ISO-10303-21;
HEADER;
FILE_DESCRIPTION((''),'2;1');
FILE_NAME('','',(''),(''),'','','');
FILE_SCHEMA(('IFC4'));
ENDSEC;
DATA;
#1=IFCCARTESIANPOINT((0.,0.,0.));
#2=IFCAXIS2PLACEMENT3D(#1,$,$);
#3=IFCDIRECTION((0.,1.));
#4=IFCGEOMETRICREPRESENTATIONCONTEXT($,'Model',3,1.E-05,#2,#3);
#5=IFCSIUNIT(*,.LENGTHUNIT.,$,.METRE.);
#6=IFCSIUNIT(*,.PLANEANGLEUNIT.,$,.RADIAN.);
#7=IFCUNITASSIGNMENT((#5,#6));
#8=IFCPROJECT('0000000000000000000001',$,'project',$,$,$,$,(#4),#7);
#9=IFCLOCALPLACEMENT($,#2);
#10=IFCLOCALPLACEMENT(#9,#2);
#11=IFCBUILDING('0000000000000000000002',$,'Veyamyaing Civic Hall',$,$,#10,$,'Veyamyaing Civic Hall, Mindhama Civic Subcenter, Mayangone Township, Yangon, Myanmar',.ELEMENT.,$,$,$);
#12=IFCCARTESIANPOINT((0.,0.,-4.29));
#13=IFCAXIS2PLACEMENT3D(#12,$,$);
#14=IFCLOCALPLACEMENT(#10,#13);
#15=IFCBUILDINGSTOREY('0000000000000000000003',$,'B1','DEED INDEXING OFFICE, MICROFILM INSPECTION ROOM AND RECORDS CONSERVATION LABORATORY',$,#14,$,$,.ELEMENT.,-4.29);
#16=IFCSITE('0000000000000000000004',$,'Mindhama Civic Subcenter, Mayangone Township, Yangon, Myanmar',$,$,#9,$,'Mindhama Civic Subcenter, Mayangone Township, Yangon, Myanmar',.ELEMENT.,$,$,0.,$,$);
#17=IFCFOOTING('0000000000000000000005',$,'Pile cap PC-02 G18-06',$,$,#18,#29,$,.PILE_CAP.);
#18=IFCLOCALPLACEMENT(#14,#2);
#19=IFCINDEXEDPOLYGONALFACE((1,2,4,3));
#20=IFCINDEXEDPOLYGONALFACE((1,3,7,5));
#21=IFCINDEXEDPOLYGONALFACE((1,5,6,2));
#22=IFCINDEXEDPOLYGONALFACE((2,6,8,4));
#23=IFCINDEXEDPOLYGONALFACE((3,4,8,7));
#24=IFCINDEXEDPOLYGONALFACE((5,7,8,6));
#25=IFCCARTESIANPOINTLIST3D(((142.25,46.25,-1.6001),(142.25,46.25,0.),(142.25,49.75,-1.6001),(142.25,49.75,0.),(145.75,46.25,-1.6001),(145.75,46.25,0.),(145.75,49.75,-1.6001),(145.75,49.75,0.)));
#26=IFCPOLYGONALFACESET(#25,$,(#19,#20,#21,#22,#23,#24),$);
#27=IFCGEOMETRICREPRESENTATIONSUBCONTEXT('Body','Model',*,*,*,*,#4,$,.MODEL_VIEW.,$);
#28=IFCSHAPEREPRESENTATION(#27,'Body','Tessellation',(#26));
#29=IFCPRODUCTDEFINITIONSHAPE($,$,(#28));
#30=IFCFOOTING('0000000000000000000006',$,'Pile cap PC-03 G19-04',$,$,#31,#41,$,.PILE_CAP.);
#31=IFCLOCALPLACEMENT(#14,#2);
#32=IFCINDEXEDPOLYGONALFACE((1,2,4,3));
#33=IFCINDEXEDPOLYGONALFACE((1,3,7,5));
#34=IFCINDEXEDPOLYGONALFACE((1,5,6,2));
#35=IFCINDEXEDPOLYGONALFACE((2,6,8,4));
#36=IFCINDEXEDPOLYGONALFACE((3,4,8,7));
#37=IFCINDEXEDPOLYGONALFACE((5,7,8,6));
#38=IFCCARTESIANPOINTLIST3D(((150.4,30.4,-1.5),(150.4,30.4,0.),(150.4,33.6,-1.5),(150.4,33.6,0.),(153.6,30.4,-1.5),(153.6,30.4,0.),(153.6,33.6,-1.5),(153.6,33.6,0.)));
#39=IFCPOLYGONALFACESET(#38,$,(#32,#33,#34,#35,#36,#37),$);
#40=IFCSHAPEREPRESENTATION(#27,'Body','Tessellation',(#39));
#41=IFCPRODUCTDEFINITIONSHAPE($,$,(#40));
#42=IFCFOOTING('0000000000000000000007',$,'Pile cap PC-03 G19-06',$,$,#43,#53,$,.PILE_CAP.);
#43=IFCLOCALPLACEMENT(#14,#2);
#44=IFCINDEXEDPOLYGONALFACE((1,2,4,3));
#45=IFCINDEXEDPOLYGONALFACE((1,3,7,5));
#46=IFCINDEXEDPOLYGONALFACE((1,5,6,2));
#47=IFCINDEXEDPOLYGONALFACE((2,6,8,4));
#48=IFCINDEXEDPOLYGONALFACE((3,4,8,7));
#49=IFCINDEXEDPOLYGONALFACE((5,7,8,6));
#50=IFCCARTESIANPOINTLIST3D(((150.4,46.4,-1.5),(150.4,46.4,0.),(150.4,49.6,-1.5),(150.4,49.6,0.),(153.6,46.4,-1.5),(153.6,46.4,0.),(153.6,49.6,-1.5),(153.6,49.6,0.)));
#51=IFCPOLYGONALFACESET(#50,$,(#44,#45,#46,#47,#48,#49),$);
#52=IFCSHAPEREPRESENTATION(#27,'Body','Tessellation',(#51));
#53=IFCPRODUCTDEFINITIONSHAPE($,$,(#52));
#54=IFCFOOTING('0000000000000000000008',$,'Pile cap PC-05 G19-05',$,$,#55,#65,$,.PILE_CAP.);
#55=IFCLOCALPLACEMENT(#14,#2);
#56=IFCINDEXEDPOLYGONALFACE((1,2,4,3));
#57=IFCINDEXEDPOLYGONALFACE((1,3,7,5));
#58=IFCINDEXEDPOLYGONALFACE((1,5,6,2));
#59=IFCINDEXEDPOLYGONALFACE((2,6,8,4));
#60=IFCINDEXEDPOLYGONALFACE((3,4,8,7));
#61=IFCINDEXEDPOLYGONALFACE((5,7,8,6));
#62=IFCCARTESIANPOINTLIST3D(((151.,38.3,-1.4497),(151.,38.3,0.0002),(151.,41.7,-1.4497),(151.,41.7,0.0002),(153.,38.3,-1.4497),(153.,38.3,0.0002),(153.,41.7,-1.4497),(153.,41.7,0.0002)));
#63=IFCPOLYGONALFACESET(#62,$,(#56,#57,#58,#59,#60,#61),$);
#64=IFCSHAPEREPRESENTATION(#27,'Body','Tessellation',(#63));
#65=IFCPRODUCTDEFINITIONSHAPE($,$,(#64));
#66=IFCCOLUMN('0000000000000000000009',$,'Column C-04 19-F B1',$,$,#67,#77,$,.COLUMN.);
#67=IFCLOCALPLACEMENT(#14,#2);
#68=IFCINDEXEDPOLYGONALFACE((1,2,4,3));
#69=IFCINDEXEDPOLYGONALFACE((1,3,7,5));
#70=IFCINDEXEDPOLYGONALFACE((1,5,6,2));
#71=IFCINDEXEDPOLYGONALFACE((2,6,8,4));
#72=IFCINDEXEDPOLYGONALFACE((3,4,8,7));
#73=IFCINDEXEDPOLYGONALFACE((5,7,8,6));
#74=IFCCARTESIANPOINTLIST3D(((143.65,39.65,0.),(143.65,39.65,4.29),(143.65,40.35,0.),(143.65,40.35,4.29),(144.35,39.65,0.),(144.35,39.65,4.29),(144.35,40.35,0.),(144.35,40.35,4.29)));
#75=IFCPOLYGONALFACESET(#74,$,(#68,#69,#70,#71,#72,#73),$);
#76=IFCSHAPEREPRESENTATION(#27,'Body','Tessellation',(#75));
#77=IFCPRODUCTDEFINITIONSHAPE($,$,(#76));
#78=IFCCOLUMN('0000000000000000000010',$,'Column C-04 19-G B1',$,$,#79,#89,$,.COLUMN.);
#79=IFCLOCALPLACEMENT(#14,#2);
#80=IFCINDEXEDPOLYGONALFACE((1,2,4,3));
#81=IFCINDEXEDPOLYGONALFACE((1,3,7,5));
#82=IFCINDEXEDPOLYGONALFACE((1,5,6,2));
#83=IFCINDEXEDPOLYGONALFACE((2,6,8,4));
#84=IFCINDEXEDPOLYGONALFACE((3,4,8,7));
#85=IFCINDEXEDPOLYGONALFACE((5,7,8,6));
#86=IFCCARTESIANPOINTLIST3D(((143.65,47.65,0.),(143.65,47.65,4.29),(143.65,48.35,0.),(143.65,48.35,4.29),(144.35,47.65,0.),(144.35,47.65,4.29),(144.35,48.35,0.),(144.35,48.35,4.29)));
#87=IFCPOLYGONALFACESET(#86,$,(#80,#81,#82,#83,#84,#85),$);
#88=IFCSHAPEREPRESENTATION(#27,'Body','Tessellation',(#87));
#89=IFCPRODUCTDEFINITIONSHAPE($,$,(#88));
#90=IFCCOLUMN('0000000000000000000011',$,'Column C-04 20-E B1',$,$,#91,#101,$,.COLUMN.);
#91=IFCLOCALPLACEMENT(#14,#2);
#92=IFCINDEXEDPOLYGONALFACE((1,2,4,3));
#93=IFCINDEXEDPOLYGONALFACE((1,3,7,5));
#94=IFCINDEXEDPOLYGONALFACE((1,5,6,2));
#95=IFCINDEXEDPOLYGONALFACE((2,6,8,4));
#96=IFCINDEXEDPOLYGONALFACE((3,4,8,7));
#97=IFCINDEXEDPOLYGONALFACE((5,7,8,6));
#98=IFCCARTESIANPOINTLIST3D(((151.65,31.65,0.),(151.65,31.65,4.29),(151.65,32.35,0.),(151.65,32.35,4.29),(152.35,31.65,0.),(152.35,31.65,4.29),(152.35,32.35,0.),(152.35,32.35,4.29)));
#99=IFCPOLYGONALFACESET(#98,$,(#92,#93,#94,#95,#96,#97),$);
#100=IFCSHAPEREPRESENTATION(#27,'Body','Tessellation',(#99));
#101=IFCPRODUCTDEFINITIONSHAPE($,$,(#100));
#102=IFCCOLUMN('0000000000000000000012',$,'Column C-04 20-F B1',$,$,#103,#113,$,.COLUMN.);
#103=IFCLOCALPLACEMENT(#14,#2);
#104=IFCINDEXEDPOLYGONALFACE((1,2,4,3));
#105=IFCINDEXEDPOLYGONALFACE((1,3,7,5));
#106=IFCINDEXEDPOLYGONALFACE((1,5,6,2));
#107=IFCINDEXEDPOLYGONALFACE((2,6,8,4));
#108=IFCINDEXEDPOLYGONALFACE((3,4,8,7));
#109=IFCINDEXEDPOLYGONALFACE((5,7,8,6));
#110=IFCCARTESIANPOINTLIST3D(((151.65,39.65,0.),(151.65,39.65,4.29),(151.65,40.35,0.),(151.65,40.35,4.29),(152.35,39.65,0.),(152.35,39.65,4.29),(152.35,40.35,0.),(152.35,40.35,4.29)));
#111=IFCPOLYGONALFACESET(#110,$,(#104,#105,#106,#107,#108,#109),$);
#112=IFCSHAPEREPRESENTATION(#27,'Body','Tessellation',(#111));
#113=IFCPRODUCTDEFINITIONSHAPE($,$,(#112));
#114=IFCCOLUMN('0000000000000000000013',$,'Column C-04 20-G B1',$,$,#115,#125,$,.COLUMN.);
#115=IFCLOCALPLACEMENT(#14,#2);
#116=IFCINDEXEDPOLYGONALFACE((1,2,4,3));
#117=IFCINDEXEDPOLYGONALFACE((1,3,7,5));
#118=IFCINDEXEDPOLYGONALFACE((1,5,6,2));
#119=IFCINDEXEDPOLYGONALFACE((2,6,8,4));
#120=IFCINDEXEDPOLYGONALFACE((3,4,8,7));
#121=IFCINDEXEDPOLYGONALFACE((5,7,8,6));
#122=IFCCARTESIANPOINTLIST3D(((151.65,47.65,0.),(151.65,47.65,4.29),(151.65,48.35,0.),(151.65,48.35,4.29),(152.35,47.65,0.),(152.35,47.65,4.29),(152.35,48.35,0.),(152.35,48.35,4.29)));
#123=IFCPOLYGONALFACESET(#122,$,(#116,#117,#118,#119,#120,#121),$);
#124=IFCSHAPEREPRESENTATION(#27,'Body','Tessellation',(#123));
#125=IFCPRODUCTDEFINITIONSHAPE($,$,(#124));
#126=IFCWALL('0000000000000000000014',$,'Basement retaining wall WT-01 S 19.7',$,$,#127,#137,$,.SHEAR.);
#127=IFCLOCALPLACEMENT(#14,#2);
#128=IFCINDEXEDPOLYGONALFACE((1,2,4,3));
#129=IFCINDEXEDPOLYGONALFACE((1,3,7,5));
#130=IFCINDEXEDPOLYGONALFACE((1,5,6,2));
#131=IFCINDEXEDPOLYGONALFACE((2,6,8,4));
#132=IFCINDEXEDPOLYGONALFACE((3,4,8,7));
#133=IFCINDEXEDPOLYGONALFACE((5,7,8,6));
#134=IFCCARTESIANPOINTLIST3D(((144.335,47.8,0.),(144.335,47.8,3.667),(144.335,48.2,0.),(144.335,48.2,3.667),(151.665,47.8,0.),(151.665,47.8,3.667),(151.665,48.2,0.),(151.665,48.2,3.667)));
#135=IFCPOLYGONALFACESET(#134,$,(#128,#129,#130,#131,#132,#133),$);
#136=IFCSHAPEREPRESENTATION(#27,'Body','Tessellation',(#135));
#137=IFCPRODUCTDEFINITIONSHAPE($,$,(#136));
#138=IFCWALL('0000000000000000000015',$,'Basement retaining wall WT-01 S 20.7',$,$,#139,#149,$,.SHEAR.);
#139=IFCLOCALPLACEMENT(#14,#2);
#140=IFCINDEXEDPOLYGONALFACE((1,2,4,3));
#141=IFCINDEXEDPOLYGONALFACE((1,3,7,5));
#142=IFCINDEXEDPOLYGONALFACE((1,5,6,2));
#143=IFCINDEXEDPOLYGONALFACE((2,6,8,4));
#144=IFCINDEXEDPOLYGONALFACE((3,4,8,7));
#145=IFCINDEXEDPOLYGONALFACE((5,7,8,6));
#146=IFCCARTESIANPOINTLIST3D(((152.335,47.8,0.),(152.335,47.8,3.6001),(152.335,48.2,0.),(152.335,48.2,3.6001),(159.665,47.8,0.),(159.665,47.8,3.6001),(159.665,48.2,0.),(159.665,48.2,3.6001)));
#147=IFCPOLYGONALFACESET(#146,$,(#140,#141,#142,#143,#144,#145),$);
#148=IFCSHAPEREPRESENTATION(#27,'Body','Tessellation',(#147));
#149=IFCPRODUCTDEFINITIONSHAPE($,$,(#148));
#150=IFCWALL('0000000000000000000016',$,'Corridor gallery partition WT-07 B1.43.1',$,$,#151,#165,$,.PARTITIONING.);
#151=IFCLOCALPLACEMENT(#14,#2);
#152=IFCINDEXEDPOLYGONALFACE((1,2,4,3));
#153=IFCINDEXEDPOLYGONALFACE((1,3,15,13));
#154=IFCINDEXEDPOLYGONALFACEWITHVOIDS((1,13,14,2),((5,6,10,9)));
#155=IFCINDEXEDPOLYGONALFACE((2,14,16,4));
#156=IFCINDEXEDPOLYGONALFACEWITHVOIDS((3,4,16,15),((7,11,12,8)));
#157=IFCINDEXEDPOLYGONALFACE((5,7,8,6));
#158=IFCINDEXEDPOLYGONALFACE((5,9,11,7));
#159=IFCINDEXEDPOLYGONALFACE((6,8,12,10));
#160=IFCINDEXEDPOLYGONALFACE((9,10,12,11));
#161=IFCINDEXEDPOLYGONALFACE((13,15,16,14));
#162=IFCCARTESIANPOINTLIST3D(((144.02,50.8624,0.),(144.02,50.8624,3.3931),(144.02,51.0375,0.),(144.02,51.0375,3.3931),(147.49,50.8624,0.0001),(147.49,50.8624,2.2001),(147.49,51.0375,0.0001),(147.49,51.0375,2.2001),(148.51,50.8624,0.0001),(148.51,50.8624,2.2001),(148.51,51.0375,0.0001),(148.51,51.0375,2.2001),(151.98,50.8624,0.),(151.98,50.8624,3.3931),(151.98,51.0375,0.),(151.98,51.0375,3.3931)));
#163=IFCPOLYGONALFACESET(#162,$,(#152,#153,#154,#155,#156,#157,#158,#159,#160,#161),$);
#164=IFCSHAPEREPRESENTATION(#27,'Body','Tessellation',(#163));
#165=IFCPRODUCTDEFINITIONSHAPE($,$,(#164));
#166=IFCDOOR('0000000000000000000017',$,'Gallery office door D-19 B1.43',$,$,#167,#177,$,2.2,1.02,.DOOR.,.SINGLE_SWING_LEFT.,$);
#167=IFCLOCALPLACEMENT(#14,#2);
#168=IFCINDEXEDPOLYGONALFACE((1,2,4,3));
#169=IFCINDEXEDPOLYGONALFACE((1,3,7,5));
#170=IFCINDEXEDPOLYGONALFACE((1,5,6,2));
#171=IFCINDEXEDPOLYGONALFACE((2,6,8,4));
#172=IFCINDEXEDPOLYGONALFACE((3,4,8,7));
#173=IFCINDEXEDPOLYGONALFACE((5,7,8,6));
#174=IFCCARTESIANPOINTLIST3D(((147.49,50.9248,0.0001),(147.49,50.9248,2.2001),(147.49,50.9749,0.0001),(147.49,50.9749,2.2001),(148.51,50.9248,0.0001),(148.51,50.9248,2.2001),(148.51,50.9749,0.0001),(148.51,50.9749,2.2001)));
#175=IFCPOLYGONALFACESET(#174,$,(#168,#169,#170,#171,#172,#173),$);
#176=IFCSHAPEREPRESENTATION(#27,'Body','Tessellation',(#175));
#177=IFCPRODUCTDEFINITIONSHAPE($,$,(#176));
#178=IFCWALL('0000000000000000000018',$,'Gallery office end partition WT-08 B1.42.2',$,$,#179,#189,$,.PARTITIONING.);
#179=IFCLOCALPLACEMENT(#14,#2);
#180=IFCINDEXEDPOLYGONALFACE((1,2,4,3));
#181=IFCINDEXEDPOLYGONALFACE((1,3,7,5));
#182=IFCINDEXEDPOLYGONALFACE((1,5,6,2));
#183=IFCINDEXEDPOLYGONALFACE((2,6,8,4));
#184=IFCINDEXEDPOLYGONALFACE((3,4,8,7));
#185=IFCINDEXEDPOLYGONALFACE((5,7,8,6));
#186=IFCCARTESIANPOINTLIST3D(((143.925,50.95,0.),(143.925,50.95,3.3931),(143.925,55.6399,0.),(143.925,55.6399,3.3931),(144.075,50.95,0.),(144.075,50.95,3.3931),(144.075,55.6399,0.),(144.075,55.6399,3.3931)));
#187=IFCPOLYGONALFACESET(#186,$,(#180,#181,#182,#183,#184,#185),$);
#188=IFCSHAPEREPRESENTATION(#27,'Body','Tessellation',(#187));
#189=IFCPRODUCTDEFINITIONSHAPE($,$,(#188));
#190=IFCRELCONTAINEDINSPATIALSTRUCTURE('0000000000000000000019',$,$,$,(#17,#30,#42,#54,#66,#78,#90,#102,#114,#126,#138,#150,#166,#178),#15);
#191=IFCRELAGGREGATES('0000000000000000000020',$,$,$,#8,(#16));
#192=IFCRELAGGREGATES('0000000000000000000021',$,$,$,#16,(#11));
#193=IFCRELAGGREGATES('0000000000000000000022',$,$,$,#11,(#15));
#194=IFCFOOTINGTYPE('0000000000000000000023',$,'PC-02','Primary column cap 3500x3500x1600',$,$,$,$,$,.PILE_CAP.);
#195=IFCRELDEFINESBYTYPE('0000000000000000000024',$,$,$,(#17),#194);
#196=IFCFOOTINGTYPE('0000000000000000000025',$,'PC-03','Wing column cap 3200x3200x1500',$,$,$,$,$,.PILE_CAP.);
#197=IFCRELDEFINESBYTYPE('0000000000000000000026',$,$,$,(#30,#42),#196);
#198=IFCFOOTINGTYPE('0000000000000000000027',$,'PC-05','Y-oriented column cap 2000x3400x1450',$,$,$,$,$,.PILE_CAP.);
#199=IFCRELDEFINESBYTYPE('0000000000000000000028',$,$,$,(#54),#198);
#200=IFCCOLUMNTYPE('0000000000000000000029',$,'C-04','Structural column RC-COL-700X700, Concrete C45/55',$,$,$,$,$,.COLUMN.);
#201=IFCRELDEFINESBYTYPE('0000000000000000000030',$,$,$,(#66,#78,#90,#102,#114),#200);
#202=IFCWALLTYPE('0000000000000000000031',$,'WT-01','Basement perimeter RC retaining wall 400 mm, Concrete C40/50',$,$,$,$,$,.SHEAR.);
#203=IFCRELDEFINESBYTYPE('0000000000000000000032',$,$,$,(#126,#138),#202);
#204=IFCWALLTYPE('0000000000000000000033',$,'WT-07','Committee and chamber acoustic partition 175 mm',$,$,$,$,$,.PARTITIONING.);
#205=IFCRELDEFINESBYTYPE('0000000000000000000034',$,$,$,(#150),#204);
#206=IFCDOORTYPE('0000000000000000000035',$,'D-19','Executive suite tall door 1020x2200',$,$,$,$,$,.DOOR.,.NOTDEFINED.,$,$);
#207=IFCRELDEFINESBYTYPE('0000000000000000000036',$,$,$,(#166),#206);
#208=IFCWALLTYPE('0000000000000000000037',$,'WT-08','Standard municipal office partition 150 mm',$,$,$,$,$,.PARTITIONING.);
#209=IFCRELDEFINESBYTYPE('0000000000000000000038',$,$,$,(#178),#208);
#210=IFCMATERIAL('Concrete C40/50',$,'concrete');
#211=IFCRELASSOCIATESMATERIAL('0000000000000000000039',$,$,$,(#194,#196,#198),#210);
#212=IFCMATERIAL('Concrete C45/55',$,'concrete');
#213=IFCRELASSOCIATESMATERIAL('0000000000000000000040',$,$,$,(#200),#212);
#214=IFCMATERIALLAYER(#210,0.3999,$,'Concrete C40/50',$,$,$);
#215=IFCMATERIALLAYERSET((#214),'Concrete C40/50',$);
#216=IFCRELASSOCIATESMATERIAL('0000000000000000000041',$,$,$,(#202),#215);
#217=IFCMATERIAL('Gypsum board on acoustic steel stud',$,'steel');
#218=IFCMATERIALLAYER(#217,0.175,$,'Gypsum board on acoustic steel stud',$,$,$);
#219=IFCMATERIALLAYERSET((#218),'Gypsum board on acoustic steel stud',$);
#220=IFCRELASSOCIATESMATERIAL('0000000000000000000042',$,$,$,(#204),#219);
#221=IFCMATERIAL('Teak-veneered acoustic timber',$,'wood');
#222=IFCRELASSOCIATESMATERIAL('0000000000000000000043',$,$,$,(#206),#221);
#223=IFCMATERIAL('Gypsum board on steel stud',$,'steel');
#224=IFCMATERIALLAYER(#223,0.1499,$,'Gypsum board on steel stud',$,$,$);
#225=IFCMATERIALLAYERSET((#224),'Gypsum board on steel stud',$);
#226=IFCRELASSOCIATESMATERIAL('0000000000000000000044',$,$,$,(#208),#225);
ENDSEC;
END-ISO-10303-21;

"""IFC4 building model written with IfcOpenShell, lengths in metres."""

from ifc_helpers import new_model, si_unit, direction, frame, frame_2d, origin, origin_2d, place, context, subcontext, project, spatial, rectangle, extrude, material, layer, layer_set, material_profile, profile_set, type_object, element, fill, save


model = new_model("IFC4")

# Units and contexts
model_context = context("Model", 3, precision=1e-05, world=origin(), true_north=direction((0.0, 1.0)))
body_context = subcontext(model_context, "Body", "Model", "MODEL_VIEW")
ifc_project = project(units=[si_unit("LENGTHUNIT", "METRE"), si_unit("PLANEANGLEUNIT", "RADIAN")], contexts=[model_context])

# Site, building, storey
site_placement = place(None, origin())
site = spatial("IfcSite", under=ifc_project, at=site_placement, Name="Mindhama Civic Subcenter, Mayangone Township, Yangon, Myanmar", LongName="Mindhama Civic Subcenter, Mayangone Township, Yangon, Myanmar", CompositionType="ELEMENT", RefElevation=0.0)
building_placement = place(site_placement, origin())
building = spatial("IfcBuilding", under=site, at=building_placement, Name="Veyamyaing Civic Hall", LongName="Veyamyaing Civic Hall, Mindhama Civic Subcenter, Mayangone Township, Yangon, Myanmar", CompositionType="ELEMENT")
storey_placement = place(building_placement, frame((0.0, 0.0, -4.29)))
storey = spatial("IfcBuildingStorey", under=building, at=storey_placement, Name="B1", Description="DEED INDEXING OFFICE, MICROFILM INSPECTION ROOM AND RECORDS CONSERVATION LABORATORY", CompositionType="ELEMENT", Elevation=-4.29)

# Shared definitions
ifc_material_1 = material(Name="Concrete C40/50", Category="concrete")

# Footings
footing_type_1 = type_object("IfcFootingType", Name="PC-02", Description="Primary column cap 3500x3500x1600", PredefinedType="PILE_CAP", material=ifc_material_1)
footing_1_placement = place(storey_placement, frame((144.0, 48.0, -1.6001), z_axis=(0.0, 0.0, 1.0), x_axis=(1.0, 0.0, 0.0)))
element("IfcFooting", 1, at=footing_1_placement, inside=storey, type_object=footing_type_1, Name="Pile cap PC-02 G18-06", PredefinedType="PILE_CAP", context=body_context, shape_type="SweptSolid", body=[
    extrude(rectangle(XDim=3.5, YDim=3.5, at=origin_2d()), origin(), (0.0, 0.0, 1.0), 1.6001),
])
footing_type_2 = type_object("IfcFootingType", Name="PC-03", Description="Wing column cap 3200x3200x1500", PredefinedType="PILE_CAP", material=ifc_material_1)
for number, where, z_axis, x_axis, name in (
    (2, (152.0, 32.0, -1.5), (0.0, 0.0, 1.0), (1.0, 0.0, 0.0), "Pile cap PC-03 G19-04"),
    (3, (152.0, 48.0, -1.5), (0.0, 0.0, 1.0), (1.0, 0.0, 0.0), "Pile cap PC-03 G19-06"),
):
    element("IfcFooting", number, at=place(storey_placement, frame(where, z_axis=z_axis, x_axis=x_axis)), inside=storey, type_object=footing_type_2, Name=name, PredefinedType="PILE_CAP", context=body_context, shape_type="SweptSolid", body=[
        extrude(rectangle(XDim=3.2, YDim=3.2, at=origin_2d()), origin(), (0.0, 0.0, 1.0), 1.5),
    ])
footing_type_3 = type_object("IfcFootingType", Name="PC-05", Description="Y-oriented column cap 2000x3400x1450", PredefinedType="PILE_CAP", material=ifc_material_1)
footing_2_placement = place(storey_placement, frame((152.0, 40.0, -1.4497), z_axis=(0.0, 0.0, 1.0), x_axis=(1.0, 0.0, 0.0)))
element("IfcFooting", 4, at=footing_2_placement, inside=storey, type_object=footing_type_3, Name="Pile cap PC-05 G19-05", PredefinedType="PILE_CAP", context=body_context, shape_type="SweptSolid", body=[
    extrude(rectangle(XDim=2.0, YDim=3.3999, at=origin_2d()), origin(), (0.0, 0.0, 1.0), 1.45),
])

# Columns
ifc_material_2 = material(Name="Concrete C45/55", Category="concrete")
ifc_material_profile_1 = material_profile(ifc_material_2, rectangle(XDim=0.7, YDim=0.7, at=origin_2d()), Name="RC-COL-700X700")
ifc_profile_set_1 = profile_set([ifc_material_profile_1], Name="Concrete C45/55")
column_type = type_object("IfcColumnType", Name="C-04", Description="Structural column RC-COL-700X700, Concrete C45/55", PredefinedType="COLUMN", material=ifc_profile_set_1)
for number, where, z_axis, x_axis, name in (
    (5, (144.0, 40.0, 0.0), (0.0, 0.0, 1.0), (1.0, 0.0, 0.0), "Column C-04 19-F B1"),
    (6, (144.0, 48.0, 0.0), (0.0, 0.0, 1.0), (1.0, 0.0, 0.0), "Column C-04 19-G B1"),
    (7, (152.0, 32.0, 0.0), (0.0, 0.0, 1.0), (1.0, 0.0, 0.0), "Column C-04 20-E B1"),
    (8, (152.0, 40.0, 0.0), (0.0, 0.0, 1.0), (1.0, 0.0, 0.0), "Column C-04 20-F B1"),
    (9, (152.0, 48.0, 0.0), (0.0, 0.0, 1.0), (1.0, 0.0, 0.0), "Column C-04 20-G B1"),
):
    element("IfcColumn", number, at=place(storey_placement, frame(where, z_axis=z_axis, x_axis=x_axis)), inside=storey, type_object=column_type, Name=name, PredefinedType="COLUMN", context=body_context, shape_type="SweptSolid", body=[
        extrude(rectangle(XDim=0.7, YDim=0.7, at=origin_2d()), origin(), (0.0, 0.0, 1.0), 4.29),
    ])

# Walls
ifc_layer_1 = layer(ifc_material_1, 0.3999, Name="Concrete C40/50")
ifc_layer_set_1 = layer_set([ifc_layer_1], Name="Concrete C40/50")
wall_type_1 = type_object("IfcWallType", Name="WT-01", Description="Basement perimeter RC retaining wall 400 mm, Concrete C40/50", PredefinedType="SHEAR", material=ifc_layer_set_1)
wall_1_placement = place(storey_placement, frame((144.335, 48.0, 0.0), z_axis=(0.0, 0.0, 1.0), x_axis=(1.0, 0.0, 0.0)))
element("IfcWall", 10, at=wall_1_placement, inside=storey, type_object=wall_type_1, Name="Basement retaining wall WT-01 S 19.7", PredefinedType="SHEAR", context=body_context, shape_type="SweptSolid", body=[
    extrude(rectangle(XDim=7.3301, YDim=0.3999, at=frame_2d((3.665, 0.0))), origin(), (0.0, 0.0, 1.0), 3.667),
])
wall_2_placement = place(storey_placement, frame((152.335, 48.0, 0.0), z_axis=(0.0, 0.0, 1.0), x_axis=(1.0, 0.0, 0.0)))
element("IfcWall", 11, at=wall_2_placement, inside=storey, type_object=wall_type_1, Name="Basement retaining wall WT-01 S 20.7", PredefinedType="SHEAR", context=body_context, shape_type="SweptSolid", body=[
    extrude(rectangle(XDim=7.3301, YDim=0.3999, at=frame_2d((3.665, 0.0))), origin(), (0.0, 0.0, 1.0), 3.6001),
])

# Wall, opening, door
ifc_material_3 = material(Name="Gypsum board on acoustic steel stud", Category="steel")
ifc_layer_2 = layer(ifc_material_3, 0.175, Name="Gypsum board on acoustic steel stud")
ifc_layer_set_2 = layer_set([ifc_layer_2], Name="Gypsum board on acoustic steel stud")
wall_type_2 = type_object("IfcWallType", Name="WT-07", Description="Committee and chamber acoustic partition 175 mm", PredefinedType="PARTITIONING", material=ifc_layer_set_2)
wall_3_placement = place(storey_placement, frame((144.02, 50.95, 0.0), z_axis=(0.0, 0.0, 1.0), x_axis=(1.0, 0.0, 0.0)))
wall_3 = element("IfcWall", 12, at=wall_3_placement, inside=storey, type_object=wall_type_2, Name="Corridor gallery partition WT-07 B1.43.1", PredefinedType="PARTITIONING", context=body_context, shape_type="SweptSolid", body=[
    extrude(rectangle(XDim=7.96, YDim=0.175, at=frame_2d((3.98, 0.0))), origin(), (0.0, 0.0, 1.0), 3.3931),
])
opening_1_placement = place(wall_3_placement, frame((3.47, 0.0, 0.0)))
opening_1 = element("IfcOpeningElement", 13, at=opening_1_placement, cuts=wall_3, PredefinedType="OPENING", context=body_context, shape_type="SweptSolid", body=[
    extrude(rectangle(XDim=1.02, YDim=2.2, at=frame_2d((0.51, 1.1001))), frame((0.0, 0.0974, 0.0), z_axis=(0.0, -1.0, 0.0), x_axis=(1.0, 0.0, 0.0)), (0.0, 0.0, 1.0), 0.1951),
])
ifc_material_4 = material(Name="Teak-veneered acoustic timber", Category="wood")
door_type_1 = type_object("IfcDoorType", Name="D-19", Description="Executive suite tall door 1020x2200", OperationType="NOTDEFINED", PredefinedType="DOOR", material=ifc_material_4)
door_1_placement = place(opening_1_placement, origin())
door_1 = element("IfcDoor", 14, at=door_1_placement, inside=storey, type_object=door_type_1, Name="Gallery office door D-19 B1.43", OperationType="SINGLE_SWING_LEFT", OverallHeight=2.2, OverallWidth=1.02, PredefinedType="DOOR", context=body_context, shape_type="SweptSolid", body=[
    extrude(rectangle(XDim=1.02, YDim=2.2, at=frame_2d((0.51, 1.1001))), frame((0.0, 0.0249, 0.0), z_axis=(0.0, -1.0, 0.0), x_axis=(1.0, 0.0, 0.0)), (0.0, 0.0, 1.0), 0.05),
])
fill(opening_1, door_1)

# Wall
ifc_material_5 = material(Name="Gypsum board on steel stud", Category="steel")
ifc_layer_3 = layer(ifc_material_5, 0.1499, Name="Gypsum board on steel stud")
ifc_layer_set_3 = layer_set([ifc_layer_3], Name="Gypsum board on steel stud")
wall_type_3 = type_object("IfcWallType", Name="WT-08", Description="Standard municipal office partition 150 mm", PredefinedType="PARTITIONING", material=ifc_layer_set_3)
wall_4_placement = place(storey_placement, frame((144.0, 50.95, 0.0), z_axis=(0.0, 0.0, 1.0), x_axis=(0.0, 1.0, 0.0)))
element("IfcWall", 15, at=wall_4_placement, inside=storey, type_object=wall_type_3, Name="Gallery office end partition WT-08 B1.42.2", PredefinedType="PARTITIONING", context=body_context, shape_type="SweptSolid", body=[
    extrude(rectangle(XDim=4.6899, YDim=0.1499, at=frame_2d((2.345, 0.0))), origin(), (0.0, 0.0, 1.0), 3.3931),
])

save(model, "model.ifc")
